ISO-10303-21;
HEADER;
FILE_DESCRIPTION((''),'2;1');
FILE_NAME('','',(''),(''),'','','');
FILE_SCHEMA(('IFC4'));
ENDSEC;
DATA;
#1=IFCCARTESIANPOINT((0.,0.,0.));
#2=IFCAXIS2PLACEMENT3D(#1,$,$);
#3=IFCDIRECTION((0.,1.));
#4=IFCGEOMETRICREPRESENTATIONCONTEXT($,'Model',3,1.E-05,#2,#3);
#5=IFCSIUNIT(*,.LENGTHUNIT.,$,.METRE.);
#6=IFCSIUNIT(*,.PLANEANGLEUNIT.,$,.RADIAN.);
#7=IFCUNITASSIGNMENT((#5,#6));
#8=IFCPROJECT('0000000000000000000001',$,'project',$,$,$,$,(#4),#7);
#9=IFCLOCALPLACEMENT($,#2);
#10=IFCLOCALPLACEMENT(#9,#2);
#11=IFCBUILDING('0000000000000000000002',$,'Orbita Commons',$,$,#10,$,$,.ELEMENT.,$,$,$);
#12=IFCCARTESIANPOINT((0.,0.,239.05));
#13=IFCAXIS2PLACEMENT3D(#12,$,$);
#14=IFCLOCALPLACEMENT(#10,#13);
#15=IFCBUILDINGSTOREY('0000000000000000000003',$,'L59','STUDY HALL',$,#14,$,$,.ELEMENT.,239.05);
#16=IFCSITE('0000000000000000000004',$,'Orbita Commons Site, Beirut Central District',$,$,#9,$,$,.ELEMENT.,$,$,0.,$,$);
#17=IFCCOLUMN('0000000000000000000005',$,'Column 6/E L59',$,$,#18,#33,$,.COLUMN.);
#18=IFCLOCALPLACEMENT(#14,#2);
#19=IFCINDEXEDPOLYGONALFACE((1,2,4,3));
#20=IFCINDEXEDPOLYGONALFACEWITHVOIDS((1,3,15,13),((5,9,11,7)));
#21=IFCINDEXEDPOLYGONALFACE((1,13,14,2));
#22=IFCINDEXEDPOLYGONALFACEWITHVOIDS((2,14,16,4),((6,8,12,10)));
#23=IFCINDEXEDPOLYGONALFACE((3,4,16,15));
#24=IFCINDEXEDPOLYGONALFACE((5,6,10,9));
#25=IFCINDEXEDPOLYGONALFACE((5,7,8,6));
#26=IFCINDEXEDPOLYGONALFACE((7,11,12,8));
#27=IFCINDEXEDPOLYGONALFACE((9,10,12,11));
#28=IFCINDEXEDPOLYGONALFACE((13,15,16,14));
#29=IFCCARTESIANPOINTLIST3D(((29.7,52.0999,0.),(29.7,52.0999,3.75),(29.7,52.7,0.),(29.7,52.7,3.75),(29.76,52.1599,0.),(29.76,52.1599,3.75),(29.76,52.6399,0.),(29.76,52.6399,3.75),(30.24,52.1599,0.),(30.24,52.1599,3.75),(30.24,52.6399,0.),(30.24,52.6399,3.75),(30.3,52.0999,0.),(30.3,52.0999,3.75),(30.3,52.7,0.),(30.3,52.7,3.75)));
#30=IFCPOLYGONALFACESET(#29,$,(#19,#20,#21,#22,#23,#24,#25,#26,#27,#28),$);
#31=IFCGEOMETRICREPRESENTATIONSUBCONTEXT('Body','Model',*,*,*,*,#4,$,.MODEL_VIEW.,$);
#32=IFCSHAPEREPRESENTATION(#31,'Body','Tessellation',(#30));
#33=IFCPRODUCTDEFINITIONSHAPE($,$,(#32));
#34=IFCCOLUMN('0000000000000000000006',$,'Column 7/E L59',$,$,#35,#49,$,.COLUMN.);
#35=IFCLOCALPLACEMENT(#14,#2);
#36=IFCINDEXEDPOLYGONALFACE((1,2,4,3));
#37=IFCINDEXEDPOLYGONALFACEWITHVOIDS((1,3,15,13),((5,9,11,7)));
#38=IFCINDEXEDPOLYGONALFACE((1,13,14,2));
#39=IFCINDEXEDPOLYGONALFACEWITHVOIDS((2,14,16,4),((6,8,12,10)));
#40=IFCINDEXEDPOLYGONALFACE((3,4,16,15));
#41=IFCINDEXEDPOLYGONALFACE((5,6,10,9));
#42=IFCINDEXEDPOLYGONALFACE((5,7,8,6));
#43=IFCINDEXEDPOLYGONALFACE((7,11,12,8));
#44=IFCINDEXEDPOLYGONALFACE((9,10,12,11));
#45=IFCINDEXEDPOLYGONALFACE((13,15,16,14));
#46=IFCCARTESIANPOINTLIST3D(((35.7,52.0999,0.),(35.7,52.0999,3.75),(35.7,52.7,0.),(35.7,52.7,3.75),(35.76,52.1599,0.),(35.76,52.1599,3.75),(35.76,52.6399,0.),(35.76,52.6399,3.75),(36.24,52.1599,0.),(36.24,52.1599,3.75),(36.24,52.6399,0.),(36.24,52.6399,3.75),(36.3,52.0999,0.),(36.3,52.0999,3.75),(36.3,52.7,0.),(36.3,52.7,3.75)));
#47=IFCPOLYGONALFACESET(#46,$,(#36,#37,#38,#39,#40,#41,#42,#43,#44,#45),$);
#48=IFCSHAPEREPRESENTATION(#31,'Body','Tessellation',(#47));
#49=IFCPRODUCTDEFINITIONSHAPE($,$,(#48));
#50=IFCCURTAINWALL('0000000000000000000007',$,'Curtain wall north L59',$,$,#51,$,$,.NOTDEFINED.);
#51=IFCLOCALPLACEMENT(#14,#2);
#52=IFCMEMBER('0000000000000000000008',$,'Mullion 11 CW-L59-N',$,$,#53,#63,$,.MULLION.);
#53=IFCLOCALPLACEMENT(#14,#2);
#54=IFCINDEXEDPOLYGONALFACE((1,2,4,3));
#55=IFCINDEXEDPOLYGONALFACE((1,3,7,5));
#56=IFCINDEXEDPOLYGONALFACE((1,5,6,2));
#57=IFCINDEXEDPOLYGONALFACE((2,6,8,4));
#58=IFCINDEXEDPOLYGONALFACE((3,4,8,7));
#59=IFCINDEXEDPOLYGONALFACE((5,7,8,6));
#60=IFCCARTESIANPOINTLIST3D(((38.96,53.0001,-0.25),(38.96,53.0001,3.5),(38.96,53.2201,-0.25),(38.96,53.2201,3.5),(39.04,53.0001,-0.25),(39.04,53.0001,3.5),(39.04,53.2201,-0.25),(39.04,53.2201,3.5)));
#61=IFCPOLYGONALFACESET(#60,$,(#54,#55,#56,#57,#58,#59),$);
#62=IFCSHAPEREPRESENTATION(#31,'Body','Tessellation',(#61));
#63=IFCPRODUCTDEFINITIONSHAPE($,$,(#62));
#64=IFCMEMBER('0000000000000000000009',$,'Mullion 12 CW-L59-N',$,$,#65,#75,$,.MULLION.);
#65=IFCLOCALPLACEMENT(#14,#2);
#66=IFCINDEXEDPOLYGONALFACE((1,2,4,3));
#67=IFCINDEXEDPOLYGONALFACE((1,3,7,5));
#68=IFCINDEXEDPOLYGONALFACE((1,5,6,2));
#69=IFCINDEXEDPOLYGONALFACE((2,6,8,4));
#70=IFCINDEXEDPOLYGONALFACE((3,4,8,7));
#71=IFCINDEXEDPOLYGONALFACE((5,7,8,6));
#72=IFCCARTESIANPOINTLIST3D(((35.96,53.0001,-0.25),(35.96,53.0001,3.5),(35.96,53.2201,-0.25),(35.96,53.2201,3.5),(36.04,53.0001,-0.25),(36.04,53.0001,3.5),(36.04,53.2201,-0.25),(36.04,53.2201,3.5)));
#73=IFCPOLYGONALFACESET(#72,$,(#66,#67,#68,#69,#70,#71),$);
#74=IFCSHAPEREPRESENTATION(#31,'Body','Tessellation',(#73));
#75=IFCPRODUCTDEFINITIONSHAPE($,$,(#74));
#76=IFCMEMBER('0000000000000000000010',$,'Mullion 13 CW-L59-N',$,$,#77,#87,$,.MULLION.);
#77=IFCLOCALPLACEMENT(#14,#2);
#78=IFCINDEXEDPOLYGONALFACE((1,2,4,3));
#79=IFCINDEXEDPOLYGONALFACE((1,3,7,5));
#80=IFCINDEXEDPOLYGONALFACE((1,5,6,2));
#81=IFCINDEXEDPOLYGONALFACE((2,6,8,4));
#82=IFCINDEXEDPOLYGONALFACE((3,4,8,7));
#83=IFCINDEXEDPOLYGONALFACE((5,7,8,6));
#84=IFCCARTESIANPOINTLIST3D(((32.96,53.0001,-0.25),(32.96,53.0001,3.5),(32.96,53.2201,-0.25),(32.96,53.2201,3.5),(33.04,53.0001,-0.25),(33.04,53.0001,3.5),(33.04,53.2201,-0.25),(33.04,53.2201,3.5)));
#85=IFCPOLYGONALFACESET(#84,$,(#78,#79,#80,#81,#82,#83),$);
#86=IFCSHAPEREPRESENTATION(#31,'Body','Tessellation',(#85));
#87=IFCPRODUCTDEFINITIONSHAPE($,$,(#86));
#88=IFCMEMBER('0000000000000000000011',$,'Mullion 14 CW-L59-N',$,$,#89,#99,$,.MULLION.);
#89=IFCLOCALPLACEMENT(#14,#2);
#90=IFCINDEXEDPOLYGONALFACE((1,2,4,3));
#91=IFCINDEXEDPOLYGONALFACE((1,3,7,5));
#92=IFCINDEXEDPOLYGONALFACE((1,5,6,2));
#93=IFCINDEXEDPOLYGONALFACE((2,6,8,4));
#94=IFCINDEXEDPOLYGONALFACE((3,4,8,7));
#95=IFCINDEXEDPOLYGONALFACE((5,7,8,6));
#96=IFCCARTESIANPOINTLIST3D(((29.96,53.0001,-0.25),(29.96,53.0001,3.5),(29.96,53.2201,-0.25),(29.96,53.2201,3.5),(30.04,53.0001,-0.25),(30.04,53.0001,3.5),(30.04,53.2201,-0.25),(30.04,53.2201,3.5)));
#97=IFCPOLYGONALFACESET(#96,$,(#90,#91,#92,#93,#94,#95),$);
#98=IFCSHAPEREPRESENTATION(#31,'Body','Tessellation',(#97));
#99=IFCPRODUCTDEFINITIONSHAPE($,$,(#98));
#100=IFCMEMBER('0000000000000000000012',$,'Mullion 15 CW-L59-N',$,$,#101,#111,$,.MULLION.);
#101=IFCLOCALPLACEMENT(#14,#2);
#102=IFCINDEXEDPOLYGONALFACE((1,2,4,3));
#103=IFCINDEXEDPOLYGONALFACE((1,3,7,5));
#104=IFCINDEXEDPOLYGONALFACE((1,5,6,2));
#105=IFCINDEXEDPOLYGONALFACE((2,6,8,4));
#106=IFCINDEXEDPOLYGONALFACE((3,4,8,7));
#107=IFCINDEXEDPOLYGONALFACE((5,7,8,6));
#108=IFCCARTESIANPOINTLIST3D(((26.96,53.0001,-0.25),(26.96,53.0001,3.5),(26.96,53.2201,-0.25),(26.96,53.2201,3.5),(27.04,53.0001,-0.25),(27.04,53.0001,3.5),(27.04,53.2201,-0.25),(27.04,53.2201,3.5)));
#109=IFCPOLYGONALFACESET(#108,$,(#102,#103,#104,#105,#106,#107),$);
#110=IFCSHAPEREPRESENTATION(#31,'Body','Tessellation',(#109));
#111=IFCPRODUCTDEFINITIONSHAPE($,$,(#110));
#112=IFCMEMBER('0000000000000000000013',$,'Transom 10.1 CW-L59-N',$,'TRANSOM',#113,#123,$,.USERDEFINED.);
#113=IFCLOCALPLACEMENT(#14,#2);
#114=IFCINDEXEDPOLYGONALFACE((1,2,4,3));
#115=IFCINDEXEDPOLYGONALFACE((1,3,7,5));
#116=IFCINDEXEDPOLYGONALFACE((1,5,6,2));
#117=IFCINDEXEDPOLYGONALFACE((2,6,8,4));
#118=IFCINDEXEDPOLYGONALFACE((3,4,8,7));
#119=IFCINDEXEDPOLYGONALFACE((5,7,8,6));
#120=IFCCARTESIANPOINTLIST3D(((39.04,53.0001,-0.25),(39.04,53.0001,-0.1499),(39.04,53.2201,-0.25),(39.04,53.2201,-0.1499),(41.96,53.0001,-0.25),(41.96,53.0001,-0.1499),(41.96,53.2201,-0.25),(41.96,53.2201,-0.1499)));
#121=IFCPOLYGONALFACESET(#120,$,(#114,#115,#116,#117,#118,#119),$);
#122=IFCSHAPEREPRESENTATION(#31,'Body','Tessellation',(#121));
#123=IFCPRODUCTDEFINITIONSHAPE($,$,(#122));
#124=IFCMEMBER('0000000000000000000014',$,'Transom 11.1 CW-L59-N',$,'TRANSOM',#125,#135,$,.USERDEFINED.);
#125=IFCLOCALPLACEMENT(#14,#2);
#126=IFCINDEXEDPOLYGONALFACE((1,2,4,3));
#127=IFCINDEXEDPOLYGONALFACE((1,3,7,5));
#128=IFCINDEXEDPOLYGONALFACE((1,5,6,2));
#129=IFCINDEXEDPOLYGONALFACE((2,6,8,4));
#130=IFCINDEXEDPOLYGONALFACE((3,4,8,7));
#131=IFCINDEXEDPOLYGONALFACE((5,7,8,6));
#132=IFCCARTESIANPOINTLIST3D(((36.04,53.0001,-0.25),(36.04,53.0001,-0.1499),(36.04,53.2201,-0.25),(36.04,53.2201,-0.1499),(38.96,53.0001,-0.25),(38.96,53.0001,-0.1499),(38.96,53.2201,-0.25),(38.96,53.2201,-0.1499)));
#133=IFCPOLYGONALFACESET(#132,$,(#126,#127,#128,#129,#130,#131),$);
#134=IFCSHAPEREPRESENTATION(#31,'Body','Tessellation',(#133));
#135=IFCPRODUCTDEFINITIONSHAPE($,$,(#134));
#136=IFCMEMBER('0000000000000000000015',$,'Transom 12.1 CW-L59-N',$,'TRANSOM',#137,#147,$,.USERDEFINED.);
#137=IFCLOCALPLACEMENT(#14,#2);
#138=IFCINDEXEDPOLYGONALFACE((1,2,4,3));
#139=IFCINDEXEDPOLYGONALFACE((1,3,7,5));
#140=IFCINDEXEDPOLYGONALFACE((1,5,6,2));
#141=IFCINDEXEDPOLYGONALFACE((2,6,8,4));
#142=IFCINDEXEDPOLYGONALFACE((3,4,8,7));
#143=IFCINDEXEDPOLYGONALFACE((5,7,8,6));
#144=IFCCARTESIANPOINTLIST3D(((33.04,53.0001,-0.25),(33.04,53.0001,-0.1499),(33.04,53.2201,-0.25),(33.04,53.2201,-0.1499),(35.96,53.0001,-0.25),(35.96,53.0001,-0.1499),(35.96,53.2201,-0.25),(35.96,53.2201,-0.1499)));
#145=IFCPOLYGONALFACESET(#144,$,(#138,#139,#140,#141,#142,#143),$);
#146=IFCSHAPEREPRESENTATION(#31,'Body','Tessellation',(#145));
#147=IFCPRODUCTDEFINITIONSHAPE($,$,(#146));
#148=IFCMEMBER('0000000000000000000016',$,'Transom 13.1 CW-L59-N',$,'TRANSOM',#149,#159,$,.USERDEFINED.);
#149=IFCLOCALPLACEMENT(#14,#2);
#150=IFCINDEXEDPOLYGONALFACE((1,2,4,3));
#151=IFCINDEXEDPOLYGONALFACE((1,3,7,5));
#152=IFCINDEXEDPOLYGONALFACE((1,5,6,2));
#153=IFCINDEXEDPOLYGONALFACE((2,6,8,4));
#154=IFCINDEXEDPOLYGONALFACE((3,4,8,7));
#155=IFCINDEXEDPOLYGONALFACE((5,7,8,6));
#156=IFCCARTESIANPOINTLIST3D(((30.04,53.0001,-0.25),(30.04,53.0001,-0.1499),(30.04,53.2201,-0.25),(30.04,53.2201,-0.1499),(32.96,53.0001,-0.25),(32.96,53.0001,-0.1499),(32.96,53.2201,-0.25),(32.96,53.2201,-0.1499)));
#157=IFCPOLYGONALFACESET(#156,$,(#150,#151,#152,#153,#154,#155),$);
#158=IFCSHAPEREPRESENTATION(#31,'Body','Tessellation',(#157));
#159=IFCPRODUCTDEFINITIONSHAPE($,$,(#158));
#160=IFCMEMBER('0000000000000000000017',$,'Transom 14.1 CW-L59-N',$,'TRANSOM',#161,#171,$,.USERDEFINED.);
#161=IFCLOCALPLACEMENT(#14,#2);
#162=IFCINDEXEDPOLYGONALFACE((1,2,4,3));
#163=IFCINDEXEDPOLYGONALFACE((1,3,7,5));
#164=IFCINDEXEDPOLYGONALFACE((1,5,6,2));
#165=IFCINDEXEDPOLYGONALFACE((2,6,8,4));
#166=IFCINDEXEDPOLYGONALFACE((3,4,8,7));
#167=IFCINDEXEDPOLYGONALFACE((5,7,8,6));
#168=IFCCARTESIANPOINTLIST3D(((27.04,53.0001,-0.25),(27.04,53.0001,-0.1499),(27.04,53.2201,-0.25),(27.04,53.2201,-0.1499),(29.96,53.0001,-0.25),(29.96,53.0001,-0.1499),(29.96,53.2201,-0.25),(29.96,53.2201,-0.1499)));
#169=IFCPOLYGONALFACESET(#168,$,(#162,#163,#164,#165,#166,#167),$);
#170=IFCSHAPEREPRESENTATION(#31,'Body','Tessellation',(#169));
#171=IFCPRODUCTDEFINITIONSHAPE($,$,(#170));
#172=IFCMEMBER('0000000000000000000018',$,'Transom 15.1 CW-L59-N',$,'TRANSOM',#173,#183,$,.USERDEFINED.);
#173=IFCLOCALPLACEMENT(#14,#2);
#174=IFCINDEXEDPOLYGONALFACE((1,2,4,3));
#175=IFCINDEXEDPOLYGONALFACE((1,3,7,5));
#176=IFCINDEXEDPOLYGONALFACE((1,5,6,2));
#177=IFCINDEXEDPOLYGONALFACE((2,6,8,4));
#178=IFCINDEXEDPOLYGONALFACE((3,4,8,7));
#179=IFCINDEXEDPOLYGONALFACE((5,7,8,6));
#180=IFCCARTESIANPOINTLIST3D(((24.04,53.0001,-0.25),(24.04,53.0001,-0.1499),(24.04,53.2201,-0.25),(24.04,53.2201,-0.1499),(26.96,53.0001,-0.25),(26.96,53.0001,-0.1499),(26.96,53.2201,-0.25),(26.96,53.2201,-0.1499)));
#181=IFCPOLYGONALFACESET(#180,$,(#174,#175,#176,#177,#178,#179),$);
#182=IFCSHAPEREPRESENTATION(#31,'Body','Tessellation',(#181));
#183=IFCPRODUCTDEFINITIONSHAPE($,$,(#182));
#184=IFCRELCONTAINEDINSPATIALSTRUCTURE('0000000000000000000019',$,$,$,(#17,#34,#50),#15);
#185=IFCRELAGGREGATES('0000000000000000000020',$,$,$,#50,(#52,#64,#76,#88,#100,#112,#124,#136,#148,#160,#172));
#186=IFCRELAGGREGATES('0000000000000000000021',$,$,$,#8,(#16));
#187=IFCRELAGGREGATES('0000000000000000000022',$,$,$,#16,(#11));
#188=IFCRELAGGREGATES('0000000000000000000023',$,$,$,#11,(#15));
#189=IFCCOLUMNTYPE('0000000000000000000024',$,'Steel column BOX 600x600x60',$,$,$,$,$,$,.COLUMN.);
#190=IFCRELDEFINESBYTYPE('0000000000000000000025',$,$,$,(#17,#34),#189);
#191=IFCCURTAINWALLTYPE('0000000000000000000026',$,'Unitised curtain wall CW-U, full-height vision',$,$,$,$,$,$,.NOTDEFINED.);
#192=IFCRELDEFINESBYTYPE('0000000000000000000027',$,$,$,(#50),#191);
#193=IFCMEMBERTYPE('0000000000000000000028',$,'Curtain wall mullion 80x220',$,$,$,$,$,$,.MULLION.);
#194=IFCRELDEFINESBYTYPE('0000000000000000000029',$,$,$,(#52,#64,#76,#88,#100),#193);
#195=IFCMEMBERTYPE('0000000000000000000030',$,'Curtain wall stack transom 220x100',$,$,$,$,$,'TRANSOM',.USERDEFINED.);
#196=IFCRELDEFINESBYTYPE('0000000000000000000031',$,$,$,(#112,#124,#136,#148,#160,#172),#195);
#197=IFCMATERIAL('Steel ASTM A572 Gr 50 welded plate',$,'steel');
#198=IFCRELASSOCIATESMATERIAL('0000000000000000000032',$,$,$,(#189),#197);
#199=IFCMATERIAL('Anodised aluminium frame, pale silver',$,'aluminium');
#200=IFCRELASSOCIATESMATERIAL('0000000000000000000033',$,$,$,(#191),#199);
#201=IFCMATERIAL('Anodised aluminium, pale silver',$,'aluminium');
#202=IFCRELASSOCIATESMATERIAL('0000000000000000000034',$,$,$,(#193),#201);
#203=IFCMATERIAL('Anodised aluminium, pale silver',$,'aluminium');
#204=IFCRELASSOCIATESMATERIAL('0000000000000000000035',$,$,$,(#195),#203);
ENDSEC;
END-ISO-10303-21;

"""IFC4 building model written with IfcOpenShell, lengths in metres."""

from ifc_helpers import new_model, si_unit, direction, frame, origin, origin_2d, place, context, subcontext, project, spatial, rectangle, hollow_rectangle, extrude, material, material_profile, profile_set, type_object, element, aggregate, save


model = new_model("IFC4")

# Units and contexts
model_context = context("Model", 3, precision=1e-05, world=origin(), true_north=direction((0.0, 1.0)))
body_context = subcontext(model_context, "Body", "Model", "MODEL_VIEW")
ifc_project = project(units=[si_unit("LENGTHUNIT", "METRE"), si_unit("PLANEANGLEUNIT", "RADIAN")], contexts=[model_context])

# Site, building, storey
site_placement = place(None, origin())
site = spatial("IfcSite", under=ifc_project, at=site_placement, Name="Orbita Commons Site, Beirut Central District", CompositionType="ELEMENT", RefElevation=0.0)
building_placement = place(site_placement, origin())
building = spatial("IfcBuilding", under=site, at=building_placement, Name="Orbita Commons", CompositionType="ELEMENT")
storey_placement = place(building_placement, frame((0.0, 0.0, 239.05)))
storey = spatial("IfcBuildingStorey", under=building, at=storey_placement, Name="L59", Description="STUDY HALL", CompositionType="ELEMENT", Elevation=239.05)

# Columns
ifc_material_1 = material(Name="Steel ASTM A572 Gr 50 welded plate", Category="steel")
ifc_material_profile_1 = material_profile(ifc_material_1, hollow_rectangle(XDim=0.6001, YDim=0.6001, WallThickness=0.0601, at=origin_2d()), Name="BOX 600x600x60")
ifc_profile_set_1 = profile_set([ifc_material_profile_1], Name="Steel ASTM A572 Gr 50 welded plate")
column_type = type_object("IfcColumnType", Name="Steel column BOX 600x600x60", PredefinedType="COLUMN", material=ifc_profile_set_1)
for number, where, z_axis, x_axis, name in (
    (1, (30.0, 52.3999, 0.0), (0.0, 0.0, 1.0), (1.0, 0.0, 0.0), "Column 6/E L59"),
    (2, (36.0, 52.3999, 0.0), (0.0, 0.0, 1.0), (1.0, 0.0, 0.0), "Column 7/E L59"),
):
    element("IfcColumn", number, at=place(storey_placement, frame(where, z_axis=z_axis, x_axis=x_axis)), inside=storey, type_object=column_type, Name=name, PredefinedType="COLUMN", context=body_context, shape_type="SweptSolid", body=[
        extrude(hollow_rectangle(XDim=0.6001, YDim=0.6001, WallThickness=0.0601, at=origin_2d()), origin(), (0.0, 0.0, 1.0), 3.75),
    ])

# Curtain wall, members
ifc_material_2 = material(Name="Anodised aluminium frame, pale silver", Category="aluminium")
curtain_wall_type = type_object("IfcCurtainWallType", Name="Unitised curtain wall CW-U, full-height vision", PredefinedType="NOTDEFINED", material=ifc_material_2)
curtain_wall_placement = place(storey_placement, origin())
curtain_wall = element("IfcCurtainWall", 3, at=curtain_wall_placement, inside=storey, type_object=curtain_wall_type, Name="Curtain wall north L59", PredefinedType="NOTDEFINED")
ifc_material_3 = material(Name="Anodised aluminium, pale silver", Category="aluminium")
ifc_material_profile_2 = material_profile(ifc_material_3, rectangle(XDim=0.0801, YDim=0.22, at=origin_2d()), Name="AL 80x220")
ifc_profile_set_2 = profile_set([ifc_material_profile_2], Name="Anodised aluminium, pale silver")
member_type_1 = type_object("IfcMemberType", Name="Curtain wall mullion 80x220", PredefinedType="MULLION", material=ifc_profile_set_2)
member_1_placement = place(storey_placement, frame((39.0, 53.1101, -0.25), z_axis=(0.0, 0.0, 1.0), x_axis=(-1.0, 0.0, 0.0)))
member_1 = element("IfcMember", 4, at=member_1_placement, type_object=member_type_1, Name="Mullion 11 CW-L59-N", PredefinedType="MULLION", context=body_context, shape_type="SweptSolid", body=[
    extrude(rectangle(XDim=0.0801, YDim=0.22, at=origin_2d()), origin(), (0.0, 0.0, 1.0), 3.75),
])
member_2_placement = place(storey_placement, frame((36.0, 53.1101, -0.25), z_axis=(0.0, 0.0, 1.0), x_axis=(-1.0, 0.0, 0.0)))
member_2 = element("IfcMember", 5, at=member_2_placement, type_object=member_type_1, Name="Mullion 12 CW-L59-N", PredefinedType="MULLION", context=body_context, shape_type="SweptSolid", body=[
    extrude(rectangle(XDim=0.0801, YDim=0.22, at=origin_2d()), origin(), (0.0, 0.0, 1.0), 3.75),
])
member_3_placement = place(storey_placement, frame((33.0, 53.1101, -0.25), z_axis=(0.0, 0.0, 1.0), x_axis=(-1.0, 0.0, 0.0)))
member_3 = element("IfcMember", 6, at=member_3_placement, type_object=member_type_1, Name="Mullion 13 CW-L59-N", PredefinedType="MULLION", context=body_context, shape_type="SweptSolid", body=[
    extrude(rectangle(XDim=0.0801, YDim=0.22, at=origin_2d()), origin(), (0.0, 0.0, 1.0), 3.75),
])
member_4_placement = place(storey_placement, frame((30.0, 53.1101, -0.25), z_axis=(0.0, 0.0, 1.0), x_axis=(-1.0, 0.0, 0.0)))
member_4 = element("IfcMember", 7, at=member_4_placement, type_object=member_type_1, Name="Mullion 14 CW-L59-N", PredefinedType="MULLION", context=body_context, shape_type="SweptSolid", body=[
    extrude(rectangle(XDim=0.0801, YDim=0.22, at=origin_2d()), origin(), (0.0, 0.0, 1.0), 3.75),
])
member_5_placement = place(storey_placement, frame((27.0, 53.1101, -0.25), z_axis=(0.0, 0.0, 1.0), x_axis=(-1.0, 0.0, 0.0)))
member_5 = element("IfcMember", 8, at=member_5_placement, type_object=member_type_1, Name="Mullion 15 CW-L59-N", PredefinedType="MULLION", context=body_context, shape_type="SweptSolid", body=[
    extrude(rectangle(XDim=0.0801, YDim=0.22, at=origin_2d()), origin(), (0.0, 0.0, 1.0), 3.75),
])
ifc_material_4 = material(Name="Anodised aluminium, pale silver", Category="aluminium")
ifc_material_profile_3 = material_profile(ifc_material_4, rectangle(XDim=0.22, YDim=0.1001, at=origin_2d()), Name="AL 220x100")
ifc_profile_set_3 = profile_set([ifc_material_profile_3], Name="Anodised aluminium, pale silver")
member_type_2 = type_object("IfcMemberType", Name="Curtain wall stack transom 220x100", ElementType="TRANSOM", PredefinedType="USERDEFINED", material=ifc_profile_set_3)
member_6_placement = place(storey_placement, frame((41.96, 53.1101, -0.2), z_axis=(-1.0, 0.0, 0.0), x_axis=(0.0, -1.0, 0.0)))
member_6 = element("IfcMember", 9, at=member_6_placement, type_object=member_type_2, Name="Transom 10.1 CW-L59-N", ObjectType="TRANSOM", PredefinedType="USERDEFINED", context=body_context, shape_type="SweptSolid", body=[
    extrude(rectangle(XDim=0.22, YDim=0.1001, at=origin_2d()), origin(), (0.0, 0.0, 1.0), 2.9199),
])
member_7_placement = place(storey_placement, frame((38.96, 53.1101, -0.2), z_axis=(-1.0, 0.0, 0.0), x_axis=(0.0, -1.0, 0.0)))
member_7 = element("IfcMember", 10, at=member_7_placement, type_object=member_type_2, Name="Transom 11.1 CW-L59-N", ObjectType="TRANSOM", PredefinedType="USERDEFINED", context=body_context, shape_type="SweptSolid", body=[
    extrude(rectangle(XDim=0.22, YDim=0.1001, at=origin_2d()), origin(), (0.0, 0.0, 1.0), 2.9199),
])
member_8_placement = place(storey_placement, frame((35.96, 53.1101, -0.2), z_axis=(-1.0, 0.0, 0.0), x_axis=(0.0, -1.0, 0.0)))
member_8 = element("IfcMember", 11, at=member_8_placement, type_object=member_type_2, Name="Transom 12.1 CW-L59-N", ObjectType="TRANSOM", PredefinedType="USERDEFINED", context=body_context, shape_type="SweptSolid", body=[
    extrude(rectangle(XDim=0.22, YDim=0.1001, at=origin_2d()), origin(), (0.0, 0.0, 1.0), 2.9199),
])
member_9_placement = place(storey_placement, frame((32.96, 53.1101, -0.2), z_axis=(-1.0, 0.0, 0.0), x_axis=(0.0, -1.0, 0.0)))
member_9 = element("IfcMember", 12, at=member_9_placement, type_object=member_type_2, Name="Transom 13.1 CW-L59-N", ObjectType="TRANSOM", PredefinedType="USERDEFINED", context=body_context, shape_type="SweptSolid", body=[
    extrude(rectangle(XDim=0.22, YDim=0.1001, at=origin_2d()), origin(), (0.0, 0.0, 1.0), 2.9199),
])
member_10_placement = place(storey_placement, frame((29.96, 53.1101, -0.2), z_axis=(-1.0, 0.0, 0.0), x_axis=(0.0, -1.0, 0.0)))
member_10 = element("IfcMember", 13, at=member_10_placement, type_object=member_type_2, Name="Transom 14.1 CW-L59-N", ObjectType="TRANSOM", PredefinedType="USERDEFINED", context=body_context, shape_type="SweptSolid", body=[
    extrude(rectangle(XDim=0.22, YDim=0.1001, at=origin_2d()), origin(), (0.0, 0.0, 1.0), 2.9199),
])
member_11_placement = place(storey_placement, frame((26.96, 53.1101, -0.2), z_axis=(-1.0, 0.0, 0.0), x_axis=(0.0, -1.0, 0.0)))
member_11 = element("IfcMember", 14, at=member_11_placement, type_object=member_type_2, Name="Transom 15.1 CW-L59-N", ObjectType="TRANSOM", PredefinedType="USERDEFINED", context=body_context, shape_type="SweptSolid", body=[
    extrude(rectangle(XDim=0.22, YDim=0.1001, at=origin_2d()), origin(), (0.0, 0.0, 1.0), 2.9199),
])

aggregate(curtain_wall, [member_1, member_2, member_3, member_4, member_5, member_6, member_7, member_8, member_9, member_10, member_11])

save(model, "model.ifc")
